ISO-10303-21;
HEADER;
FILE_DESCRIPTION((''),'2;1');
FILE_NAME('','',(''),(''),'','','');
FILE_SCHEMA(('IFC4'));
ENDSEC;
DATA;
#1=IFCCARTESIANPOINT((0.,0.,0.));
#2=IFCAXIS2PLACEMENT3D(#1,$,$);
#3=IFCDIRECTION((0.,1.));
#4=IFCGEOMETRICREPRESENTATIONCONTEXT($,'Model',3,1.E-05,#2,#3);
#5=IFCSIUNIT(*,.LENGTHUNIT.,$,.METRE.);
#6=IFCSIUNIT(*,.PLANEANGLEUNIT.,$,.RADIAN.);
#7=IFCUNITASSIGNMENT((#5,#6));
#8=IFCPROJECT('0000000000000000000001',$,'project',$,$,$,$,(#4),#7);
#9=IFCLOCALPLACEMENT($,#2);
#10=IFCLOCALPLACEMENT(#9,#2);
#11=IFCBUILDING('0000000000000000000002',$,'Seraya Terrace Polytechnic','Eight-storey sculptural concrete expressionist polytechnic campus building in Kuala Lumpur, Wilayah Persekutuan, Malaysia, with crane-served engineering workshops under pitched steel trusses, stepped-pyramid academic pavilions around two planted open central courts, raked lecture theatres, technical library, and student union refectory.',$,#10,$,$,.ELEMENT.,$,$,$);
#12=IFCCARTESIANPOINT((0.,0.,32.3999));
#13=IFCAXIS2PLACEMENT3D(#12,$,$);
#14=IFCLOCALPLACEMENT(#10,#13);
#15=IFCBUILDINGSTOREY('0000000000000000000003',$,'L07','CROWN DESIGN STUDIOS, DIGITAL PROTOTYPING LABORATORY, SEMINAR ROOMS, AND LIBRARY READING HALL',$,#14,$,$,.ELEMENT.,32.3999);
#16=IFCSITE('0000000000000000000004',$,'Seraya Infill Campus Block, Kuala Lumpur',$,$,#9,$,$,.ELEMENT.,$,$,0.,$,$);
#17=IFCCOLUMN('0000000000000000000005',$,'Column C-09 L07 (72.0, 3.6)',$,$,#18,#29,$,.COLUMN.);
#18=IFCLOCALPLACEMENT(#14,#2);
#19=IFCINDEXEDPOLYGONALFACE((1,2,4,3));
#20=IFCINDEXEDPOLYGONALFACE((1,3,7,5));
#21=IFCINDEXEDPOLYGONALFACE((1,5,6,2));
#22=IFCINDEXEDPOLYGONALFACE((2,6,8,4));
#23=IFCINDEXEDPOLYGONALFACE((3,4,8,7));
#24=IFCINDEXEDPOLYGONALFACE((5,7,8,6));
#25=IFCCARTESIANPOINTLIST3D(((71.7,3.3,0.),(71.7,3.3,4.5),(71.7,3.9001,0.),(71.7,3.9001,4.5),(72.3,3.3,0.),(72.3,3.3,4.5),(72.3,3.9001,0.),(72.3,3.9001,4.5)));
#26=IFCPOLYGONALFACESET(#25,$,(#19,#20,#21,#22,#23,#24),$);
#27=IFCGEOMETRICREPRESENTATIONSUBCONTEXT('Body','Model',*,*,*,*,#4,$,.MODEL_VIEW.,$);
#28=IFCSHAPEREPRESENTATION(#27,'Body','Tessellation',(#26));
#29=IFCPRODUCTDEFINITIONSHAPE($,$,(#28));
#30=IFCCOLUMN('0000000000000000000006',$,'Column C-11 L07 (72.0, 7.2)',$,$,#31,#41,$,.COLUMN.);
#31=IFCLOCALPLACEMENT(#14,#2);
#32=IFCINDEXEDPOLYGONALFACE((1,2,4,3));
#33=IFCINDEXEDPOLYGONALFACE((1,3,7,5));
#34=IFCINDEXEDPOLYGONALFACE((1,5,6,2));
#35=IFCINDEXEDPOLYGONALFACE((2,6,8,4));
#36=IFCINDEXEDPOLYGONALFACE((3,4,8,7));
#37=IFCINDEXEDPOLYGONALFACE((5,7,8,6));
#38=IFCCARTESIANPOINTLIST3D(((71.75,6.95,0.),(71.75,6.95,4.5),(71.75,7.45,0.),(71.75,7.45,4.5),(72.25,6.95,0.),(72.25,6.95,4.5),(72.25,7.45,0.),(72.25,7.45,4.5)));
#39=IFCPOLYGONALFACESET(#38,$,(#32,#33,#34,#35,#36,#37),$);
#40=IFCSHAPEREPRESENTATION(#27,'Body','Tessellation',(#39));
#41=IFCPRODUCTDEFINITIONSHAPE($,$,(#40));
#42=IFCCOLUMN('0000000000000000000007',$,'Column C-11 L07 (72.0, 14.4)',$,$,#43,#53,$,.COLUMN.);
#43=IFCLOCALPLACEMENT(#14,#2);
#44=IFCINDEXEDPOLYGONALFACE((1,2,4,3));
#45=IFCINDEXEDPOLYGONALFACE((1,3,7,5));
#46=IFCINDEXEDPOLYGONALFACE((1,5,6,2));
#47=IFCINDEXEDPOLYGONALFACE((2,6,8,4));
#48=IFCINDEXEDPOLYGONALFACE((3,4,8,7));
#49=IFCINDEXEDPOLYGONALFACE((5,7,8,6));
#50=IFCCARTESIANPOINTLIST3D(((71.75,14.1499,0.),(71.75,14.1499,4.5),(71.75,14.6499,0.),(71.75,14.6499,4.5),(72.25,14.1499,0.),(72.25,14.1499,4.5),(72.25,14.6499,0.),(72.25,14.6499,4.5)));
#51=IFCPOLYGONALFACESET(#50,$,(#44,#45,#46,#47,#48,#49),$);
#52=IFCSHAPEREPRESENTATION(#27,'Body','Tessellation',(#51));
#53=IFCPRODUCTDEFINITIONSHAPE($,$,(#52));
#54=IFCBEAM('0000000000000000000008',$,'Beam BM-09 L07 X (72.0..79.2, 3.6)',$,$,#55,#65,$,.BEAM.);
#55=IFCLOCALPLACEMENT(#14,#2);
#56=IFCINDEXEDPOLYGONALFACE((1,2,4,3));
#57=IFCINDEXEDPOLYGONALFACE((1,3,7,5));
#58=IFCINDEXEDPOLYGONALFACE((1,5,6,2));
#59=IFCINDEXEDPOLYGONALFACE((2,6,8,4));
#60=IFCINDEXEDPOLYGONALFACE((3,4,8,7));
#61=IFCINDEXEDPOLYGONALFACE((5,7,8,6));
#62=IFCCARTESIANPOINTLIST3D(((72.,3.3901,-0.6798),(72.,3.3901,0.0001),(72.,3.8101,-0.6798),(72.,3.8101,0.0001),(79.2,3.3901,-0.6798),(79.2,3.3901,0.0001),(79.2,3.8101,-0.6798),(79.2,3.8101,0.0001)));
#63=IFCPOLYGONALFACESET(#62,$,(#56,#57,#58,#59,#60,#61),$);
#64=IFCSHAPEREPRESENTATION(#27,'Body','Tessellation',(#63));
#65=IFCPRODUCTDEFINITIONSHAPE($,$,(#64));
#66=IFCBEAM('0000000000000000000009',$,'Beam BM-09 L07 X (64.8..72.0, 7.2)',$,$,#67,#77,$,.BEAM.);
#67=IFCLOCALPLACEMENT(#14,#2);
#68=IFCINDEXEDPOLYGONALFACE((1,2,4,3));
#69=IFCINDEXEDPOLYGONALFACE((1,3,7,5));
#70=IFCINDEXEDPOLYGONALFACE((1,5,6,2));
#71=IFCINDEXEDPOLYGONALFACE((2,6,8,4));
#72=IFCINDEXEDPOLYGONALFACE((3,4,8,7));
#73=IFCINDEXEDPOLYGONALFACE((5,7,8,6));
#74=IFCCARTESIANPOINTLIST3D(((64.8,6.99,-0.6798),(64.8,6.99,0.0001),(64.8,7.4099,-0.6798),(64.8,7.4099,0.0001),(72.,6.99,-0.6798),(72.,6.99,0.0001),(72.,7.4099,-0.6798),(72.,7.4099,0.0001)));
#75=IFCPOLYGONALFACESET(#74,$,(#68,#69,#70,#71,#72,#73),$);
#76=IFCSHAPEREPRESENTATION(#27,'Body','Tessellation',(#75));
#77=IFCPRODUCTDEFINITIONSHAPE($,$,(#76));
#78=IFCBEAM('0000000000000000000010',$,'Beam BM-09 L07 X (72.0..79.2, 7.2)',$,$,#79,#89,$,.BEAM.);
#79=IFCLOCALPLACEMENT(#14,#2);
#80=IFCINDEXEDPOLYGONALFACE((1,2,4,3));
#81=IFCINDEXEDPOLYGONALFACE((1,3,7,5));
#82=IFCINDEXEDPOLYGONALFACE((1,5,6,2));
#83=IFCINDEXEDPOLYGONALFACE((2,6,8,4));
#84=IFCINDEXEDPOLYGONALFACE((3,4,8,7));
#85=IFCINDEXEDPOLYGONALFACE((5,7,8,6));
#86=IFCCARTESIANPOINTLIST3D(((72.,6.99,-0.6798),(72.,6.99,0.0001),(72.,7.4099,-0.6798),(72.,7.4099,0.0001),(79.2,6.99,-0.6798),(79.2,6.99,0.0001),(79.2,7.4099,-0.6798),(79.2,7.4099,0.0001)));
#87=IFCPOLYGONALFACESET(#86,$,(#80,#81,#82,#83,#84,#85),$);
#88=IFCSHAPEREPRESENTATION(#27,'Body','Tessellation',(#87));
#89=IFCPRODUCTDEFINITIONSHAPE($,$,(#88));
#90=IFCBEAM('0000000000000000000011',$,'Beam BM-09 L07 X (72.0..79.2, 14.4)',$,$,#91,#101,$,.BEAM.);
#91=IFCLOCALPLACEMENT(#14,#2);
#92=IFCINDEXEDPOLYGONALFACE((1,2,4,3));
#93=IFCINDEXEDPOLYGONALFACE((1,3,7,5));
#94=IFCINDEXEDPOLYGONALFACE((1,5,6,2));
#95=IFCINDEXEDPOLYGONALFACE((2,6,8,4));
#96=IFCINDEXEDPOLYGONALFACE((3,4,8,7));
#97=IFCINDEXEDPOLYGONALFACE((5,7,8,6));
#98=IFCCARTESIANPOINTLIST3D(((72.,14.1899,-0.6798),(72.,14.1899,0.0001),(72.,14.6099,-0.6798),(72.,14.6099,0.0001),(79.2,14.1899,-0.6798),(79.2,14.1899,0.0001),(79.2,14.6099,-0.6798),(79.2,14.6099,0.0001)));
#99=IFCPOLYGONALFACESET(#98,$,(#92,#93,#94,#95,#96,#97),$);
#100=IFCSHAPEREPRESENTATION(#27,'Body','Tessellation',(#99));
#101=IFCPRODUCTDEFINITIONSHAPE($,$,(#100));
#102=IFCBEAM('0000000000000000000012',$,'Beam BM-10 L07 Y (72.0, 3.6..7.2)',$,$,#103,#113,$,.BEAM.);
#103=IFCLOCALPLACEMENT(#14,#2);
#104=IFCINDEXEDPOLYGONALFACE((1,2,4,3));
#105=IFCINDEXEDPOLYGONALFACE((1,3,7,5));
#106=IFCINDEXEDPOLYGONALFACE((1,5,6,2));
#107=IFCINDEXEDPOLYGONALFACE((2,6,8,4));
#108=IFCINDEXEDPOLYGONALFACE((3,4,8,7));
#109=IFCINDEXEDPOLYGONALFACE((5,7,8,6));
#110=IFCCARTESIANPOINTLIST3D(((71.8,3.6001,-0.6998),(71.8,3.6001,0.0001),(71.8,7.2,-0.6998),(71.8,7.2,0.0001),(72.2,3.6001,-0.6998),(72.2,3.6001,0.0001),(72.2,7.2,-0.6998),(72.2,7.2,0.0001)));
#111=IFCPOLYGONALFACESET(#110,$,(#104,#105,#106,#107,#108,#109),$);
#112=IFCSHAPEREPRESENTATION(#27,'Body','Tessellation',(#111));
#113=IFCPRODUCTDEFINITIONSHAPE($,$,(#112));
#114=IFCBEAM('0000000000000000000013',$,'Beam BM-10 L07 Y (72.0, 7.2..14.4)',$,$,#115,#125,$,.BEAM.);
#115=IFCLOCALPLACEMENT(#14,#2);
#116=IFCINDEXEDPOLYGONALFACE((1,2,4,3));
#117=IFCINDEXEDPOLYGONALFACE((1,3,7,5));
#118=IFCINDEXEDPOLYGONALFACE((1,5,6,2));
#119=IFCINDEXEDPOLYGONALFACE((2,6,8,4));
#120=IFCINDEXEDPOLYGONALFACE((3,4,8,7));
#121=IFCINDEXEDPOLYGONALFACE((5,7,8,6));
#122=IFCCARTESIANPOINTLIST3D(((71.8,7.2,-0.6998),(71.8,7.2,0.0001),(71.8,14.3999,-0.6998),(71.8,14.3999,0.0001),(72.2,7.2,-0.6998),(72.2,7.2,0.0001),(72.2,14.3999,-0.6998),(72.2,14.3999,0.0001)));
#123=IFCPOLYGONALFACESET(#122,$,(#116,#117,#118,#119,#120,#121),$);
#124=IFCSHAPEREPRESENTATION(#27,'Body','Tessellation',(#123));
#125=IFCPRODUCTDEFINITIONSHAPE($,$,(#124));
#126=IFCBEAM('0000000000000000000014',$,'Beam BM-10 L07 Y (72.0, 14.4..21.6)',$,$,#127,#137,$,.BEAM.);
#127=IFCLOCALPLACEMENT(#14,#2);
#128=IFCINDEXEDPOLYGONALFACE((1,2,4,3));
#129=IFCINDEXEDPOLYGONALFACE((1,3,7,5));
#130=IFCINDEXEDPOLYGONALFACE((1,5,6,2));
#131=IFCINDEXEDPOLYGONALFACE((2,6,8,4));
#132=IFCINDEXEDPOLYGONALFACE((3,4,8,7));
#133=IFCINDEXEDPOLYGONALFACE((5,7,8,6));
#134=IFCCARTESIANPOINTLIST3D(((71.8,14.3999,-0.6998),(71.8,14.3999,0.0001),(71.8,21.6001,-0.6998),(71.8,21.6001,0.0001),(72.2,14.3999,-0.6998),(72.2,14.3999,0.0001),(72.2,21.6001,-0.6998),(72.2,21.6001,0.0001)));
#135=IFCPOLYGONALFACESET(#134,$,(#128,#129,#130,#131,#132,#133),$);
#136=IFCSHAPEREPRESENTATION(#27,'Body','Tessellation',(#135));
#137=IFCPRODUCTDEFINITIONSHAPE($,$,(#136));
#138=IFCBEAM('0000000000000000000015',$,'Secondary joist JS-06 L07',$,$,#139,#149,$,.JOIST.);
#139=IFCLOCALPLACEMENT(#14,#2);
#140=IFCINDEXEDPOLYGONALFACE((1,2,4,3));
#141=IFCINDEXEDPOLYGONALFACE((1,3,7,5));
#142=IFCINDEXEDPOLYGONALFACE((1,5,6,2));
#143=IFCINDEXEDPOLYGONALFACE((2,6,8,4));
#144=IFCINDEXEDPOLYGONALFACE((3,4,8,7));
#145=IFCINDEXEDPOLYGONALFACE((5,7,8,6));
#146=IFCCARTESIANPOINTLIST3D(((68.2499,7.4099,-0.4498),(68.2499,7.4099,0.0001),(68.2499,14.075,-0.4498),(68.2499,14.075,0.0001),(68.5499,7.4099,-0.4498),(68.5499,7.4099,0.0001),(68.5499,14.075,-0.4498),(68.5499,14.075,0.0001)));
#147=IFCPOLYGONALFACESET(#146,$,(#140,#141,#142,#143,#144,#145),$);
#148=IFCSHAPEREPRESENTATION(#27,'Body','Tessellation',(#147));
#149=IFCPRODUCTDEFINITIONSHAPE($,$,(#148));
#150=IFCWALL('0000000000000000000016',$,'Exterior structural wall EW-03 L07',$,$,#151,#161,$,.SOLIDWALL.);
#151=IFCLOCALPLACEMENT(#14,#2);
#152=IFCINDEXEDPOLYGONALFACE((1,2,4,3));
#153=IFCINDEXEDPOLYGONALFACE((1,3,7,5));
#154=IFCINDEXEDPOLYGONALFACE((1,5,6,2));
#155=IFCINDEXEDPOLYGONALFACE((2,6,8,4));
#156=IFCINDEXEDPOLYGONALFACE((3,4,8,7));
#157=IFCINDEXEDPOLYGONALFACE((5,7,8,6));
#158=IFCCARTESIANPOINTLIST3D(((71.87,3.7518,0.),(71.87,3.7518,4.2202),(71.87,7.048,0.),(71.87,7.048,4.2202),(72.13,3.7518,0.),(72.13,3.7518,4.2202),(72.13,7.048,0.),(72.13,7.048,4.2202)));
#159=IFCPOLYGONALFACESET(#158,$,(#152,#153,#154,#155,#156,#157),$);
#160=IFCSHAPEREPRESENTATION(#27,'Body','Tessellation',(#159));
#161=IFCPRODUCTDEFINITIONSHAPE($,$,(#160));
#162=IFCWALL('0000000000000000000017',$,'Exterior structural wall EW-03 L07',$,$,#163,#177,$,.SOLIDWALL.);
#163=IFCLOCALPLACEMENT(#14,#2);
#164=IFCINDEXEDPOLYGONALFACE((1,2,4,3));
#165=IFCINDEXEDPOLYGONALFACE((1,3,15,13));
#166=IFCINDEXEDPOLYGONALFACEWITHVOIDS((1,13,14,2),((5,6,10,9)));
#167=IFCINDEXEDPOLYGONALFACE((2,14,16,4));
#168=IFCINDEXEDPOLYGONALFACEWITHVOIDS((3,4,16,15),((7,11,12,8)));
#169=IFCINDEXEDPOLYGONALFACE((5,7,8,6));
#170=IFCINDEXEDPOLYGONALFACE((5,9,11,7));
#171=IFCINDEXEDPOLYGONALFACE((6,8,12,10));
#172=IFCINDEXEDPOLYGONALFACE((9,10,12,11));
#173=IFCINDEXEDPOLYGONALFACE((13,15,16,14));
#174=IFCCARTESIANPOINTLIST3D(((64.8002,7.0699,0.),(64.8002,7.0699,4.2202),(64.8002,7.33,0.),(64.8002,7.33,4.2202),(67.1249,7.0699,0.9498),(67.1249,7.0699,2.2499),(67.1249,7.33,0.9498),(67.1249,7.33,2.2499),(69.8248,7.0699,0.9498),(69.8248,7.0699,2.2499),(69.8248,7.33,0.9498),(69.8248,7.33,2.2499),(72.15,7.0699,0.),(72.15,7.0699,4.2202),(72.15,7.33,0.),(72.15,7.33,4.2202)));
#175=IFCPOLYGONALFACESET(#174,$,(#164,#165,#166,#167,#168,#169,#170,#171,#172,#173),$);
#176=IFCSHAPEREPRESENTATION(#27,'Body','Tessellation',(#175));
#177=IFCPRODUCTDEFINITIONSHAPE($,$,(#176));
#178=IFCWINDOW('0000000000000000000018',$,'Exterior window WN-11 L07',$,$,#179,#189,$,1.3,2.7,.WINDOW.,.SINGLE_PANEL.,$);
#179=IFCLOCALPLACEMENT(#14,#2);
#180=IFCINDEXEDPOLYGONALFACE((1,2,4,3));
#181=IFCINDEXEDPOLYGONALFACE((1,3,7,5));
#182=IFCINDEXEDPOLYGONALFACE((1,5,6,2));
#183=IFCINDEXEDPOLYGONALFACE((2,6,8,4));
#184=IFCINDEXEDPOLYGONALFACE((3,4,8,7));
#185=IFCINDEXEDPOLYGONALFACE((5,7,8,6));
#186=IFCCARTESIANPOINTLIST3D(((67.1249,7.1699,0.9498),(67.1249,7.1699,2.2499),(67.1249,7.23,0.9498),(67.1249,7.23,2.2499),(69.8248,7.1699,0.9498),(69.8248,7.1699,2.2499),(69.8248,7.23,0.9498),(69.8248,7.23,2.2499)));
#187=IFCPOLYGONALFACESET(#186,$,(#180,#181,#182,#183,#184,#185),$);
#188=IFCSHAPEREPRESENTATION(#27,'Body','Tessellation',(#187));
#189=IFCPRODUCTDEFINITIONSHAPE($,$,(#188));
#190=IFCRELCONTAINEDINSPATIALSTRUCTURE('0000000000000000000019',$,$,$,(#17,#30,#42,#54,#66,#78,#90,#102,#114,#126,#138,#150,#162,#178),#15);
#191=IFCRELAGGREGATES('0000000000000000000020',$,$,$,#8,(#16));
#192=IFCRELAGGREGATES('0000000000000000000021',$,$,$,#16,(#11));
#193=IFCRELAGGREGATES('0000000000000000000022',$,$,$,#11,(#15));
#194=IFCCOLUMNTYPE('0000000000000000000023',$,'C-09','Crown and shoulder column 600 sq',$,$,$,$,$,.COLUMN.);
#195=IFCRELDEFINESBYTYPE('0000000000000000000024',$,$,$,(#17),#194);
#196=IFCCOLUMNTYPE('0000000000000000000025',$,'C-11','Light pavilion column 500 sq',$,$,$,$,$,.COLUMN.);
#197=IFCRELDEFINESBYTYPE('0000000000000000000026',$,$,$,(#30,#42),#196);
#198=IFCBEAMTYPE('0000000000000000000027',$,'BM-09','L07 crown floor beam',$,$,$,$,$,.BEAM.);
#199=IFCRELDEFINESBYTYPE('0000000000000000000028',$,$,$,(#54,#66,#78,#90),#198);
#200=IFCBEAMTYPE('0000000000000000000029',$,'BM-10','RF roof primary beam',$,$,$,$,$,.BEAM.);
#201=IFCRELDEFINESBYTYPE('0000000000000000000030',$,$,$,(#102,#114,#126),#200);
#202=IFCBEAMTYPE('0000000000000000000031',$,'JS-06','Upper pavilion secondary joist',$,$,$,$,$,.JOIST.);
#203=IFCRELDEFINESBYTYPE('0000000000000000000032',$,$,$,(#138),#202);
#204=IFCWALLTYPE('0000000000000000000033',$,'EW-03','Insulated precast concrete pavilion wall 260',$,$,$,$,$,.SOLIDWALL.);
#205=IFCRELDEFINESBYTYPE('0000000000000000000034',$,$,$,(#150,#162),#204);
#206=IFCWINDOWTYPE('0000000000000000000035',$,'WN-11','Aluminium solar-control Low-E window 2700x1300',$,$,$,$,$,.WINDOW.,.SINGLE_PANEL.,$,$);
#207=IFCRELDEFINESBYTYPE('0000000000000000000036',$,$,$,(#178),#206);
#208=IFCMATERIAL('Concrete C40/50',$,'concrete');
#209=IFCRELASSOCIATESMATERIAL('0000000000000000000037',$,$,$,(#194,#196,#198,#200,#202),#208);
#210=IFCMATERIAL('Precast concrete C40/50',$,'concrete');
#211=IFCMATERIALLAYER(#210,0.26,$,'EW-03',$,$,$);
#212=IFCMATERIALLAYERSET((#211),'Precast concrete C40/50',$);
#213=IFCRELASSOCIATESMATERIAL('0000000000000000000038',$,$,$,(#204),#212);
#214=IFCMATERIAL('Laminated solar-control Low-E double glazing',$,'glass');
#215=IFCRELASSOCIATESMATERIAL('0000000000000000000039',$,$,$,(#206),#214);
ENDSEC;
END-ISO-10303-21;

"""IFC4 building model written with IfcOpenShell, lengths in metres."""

from ifc_helpers import new_model, si_unit, direction, frame, frame_2d, origin, origin_2d, place, context, subcontext, project, spatial, rectangle, extrude, material, layer, layer_set, material_profile, profile_set, type_object, element, fill, save


model = new_model("IFC4")

# Units and contexts
model_context = context("Model", 3, precision=1e-05, world=origin(), true_north=direction((0.0, 1.0)))
body_context = subcontext(model_context, "Body", "Model", "MODEL_VIEW")
ifc_project = project(units=[si_unit("LENGTHUNIT", "METRE"), si_unit("PLANEANGLEUNIT", "RADIAN")], contexts=[model_context])

# Site, building, storey
site_placement = place(None, origin())
site = spatial("IfcSite", under=ifc_project, at=site_placement, Name="Seraya Infill Campus Block, Kuala Lumpur", CompositionType="ELEMENT", RefElevation=0.0)
building_placement = place(site_placement, origin())
building = spatial("IfcBuilding", under=site, at=building_placement, Name="Seraya Terrace Polytechnic", Description="Eight-storey sculptural concrete expressionist polytechnic campus building in Kuala Lumpur, Wilayah Persekutuan, Malaysia, with crane-served engineering workshops under pitched steel trusses, stepped-pyramid academic pavilions around two planted open central courts, raked lecture theatres, technical library, and student union refectory.", CompositionType="ELEMENT")
storey_placement = place(building_placement, frame((0.0, 0.0, 32.3999)))
storey = spatial("IfcBuildingStorey", under=building, at=storey_placement, Name="L07", Description="CROWN DESIGN STUDIOS, DIGITAL PROTOTYPING LABORATORY, SEMINAR ROOMS, AND LIBRARY READING HALL", CompositionType="ELEMENT", Elevation=32.3999)

# Columns
ifc_material_1 = material(Name="Concrete C40/50", Category="concrete")
ifc_material_profile_1 = material_profile(ifc_material_1, rectangle(XDim=0.6001, YDim=0.6001, at=origin_2d()), Name="RC 600x600")
ifc_profile_set_1 = profile_set([ifc_material_profile_1], Name="Concrete C40/50")
column_type_1 = type_object("IfcColumnType", Name="C-09", Description="Crown and shoulder column 600 sq", PredefinedType="COLUMN", material=ifc_profile_set_1)
column_placement = place(storey_placement, frame((72.0, 3.6001, 0.0), z_axis=(0.0, 0.0, 1.0), x_axis=(1.0, 0.0, 0.0)))
element("IfcColumn", 1, at=column_placement, inside=storey, type_object=column_type_1, Name="Column C-09 L07 (72.0, 3.6)", PredefinedType="COLUMN", context=body_context, shape_type="SweptSolid", body=[
    extrude(rectangle(XDim=0.6001, YDim=0.6001, at=origin_2d()), origin(), (0.0, 0.0, 1.0), 4.5),
])
ifc_material_profile_2 = material_profile(ifc_material_1, rectangle(XDim=0.5, YDim=0.5, at=origin_2d()), Name="RC 500x500")
ifc_profile_set_2 = profile_set([ifc_material_profile_2], Name="Concrete C40/50")
column_type_2 = type_object("IfcColumnType", Name="C-11", Description="Light pavilion column 500 sq", PredefinedType="COLUMN", material=ifc_profile_set_2)
for number, where, z_axis, x_axis, name in (
    (2, (72.0, 7.2, 0.0), (0.0, 0.0, 1.0), (1.0, 0.0, 0.0), "Column C-11 L07 (72.0, 7.2)"),
    (3, (72.0, 14.3999, 0.0), (0.0, 0.0, 1.0), (1.0, 0.0, 0.0), "Column C-11 L07 (72.0, 14.4)"),
):
    element("IfcColumn", number, at=place(storey_placement, frame(where, z_axis=z_axis, x_axis=x_axis)), inside=storey, type_object=column_type_2, Name=name, PredefinedType="COLUMN", context=body_context, shape_type="SweptSolid", body=[
        extrude(rectangle(XDim=0.5, YDim=0.5, at=origin_2d()), origin(), (0.0, 0.0, 1.0), 4.5),
    ])

# Beams
ifc_material_profile_3 = material_profile(ifc_material_1, rectangle(XDim=0.4199, YDim=0.6799, at=origin_2d()), Name="RC 420x680")
ifc_profile_set_3 = profile_set([ifc_material_profile_3], Name="Concrete C40/50")
beam_type_1 = type_object("IfcBeamType", Name="BM-09", Description="L07 crown floor beam", PredefinedType="BEAM", material=ifc_profile_set_3)
for number, where, z_axis, x_axis, name in (
    (4, (72.0, 3.6001, -0.3398), (1.0, 0.0, 0.0), (0.0, 1.0, 0.0), "Beam BM-09 L07 X (72.0..79.2, 3.6)"),
    (5, (64.8, 7.2, -0.3398), (1.0, 0.0, 0.0), (0.0, 1.0, 0.0), "Beam BM-09 L07 X (64.8..72.0, 7.2)"),
    (6, (72.0, 7.2, -0.3398), (1.0, 0.0, 0.0), (0.0, 1.0, 0.0), "Beam BM-09 L07 X (72.0..79.2, 7.2)"),
    (7, (72.0, 14.3999, -0.3398), (1.0, 0.0, 0.0), (0.0, 1.0, 0.0), "Beam BM-09 L07 X (72.0..79.2, 14.4)"),
):
    element("IfcBeam", number, at=place(storey_placement, frame(where, z_axis=z_axis, x_axis=x_axis)), inside=storey, type_object=beam_type_1, Name=name, PredefinedType="BEAM", context=body_context, shape_type="SweptSolid", body=[
        extrude(rectangle(XDim=0.4199, YDim=0.6799, at=origin_2d()), origin(), (0.0, 0.0, 1.0), 7.2),
    ])
ifc_material_profile_4 = material_profile(ifc_material_1, rectangle(XDim=0.3999, YDim=0.7, at=origin_2d()), Name="RC 400x700")
ifc_profile_set_4 = profile_set([ifc_material_profile_4], Name="Concrete C40/50")
beam_type_2 = type_object("IfcBeamType", Name="BM-10", Description="RF roof primary beam", PredefinedType="BEAM", material=ifc_profile_set_4)
beam_1_placement = place(storey_placement, frame((72.0, 3.6001, -0.3499), z_axis=(0.0, 1.0, 0.0), x_axis=(-1.0, 0.0, 0.0)))
element("IfcBeam", 8, at=beam_1_placement, inside=storey, type_object=beam_type_2, Name="Beam BM-10 L07 Y (72.0, 3.6..7.2)", PredefinedType="BEAM", context=body_context, shape_type="SweptSolid", body=[
    extrude(rectangle(XDim=0.3999, YDim=0.7, at=origin_2d()), origin(), (0.0, 0.0, 1.0), 3.5999),
])
beam_2_placement = place(storey_placement, frame((72.0, 7.2, -0.3499), z_axis=(0.0, 1.0, 0.0), x_axis=(-1.0, 0.0, 0.0)))
element("IfcBeam", 9, at=beam_2_placement, inside=storey, type_object=beam_type_2, Name="Beam BM-10 L07 Y (72.0, 7.2..14.4)", PredefinedType="BEAM", context=body_context, shape_type="SweptSolid", body=[
    extrude(rectangle(XDim=0.3999, YDim=0.7, at=origin_2d()), origin(), (0.0, 0.0, 1.0), 7.2),
])
beam_3_placement = place(storey_placement, frame((72.0, 14.3999, -0.3499), z_axis=(0.0, 1.0, 0.0), x_axis=(-1.0, 0.0, 0.0)))
element("IfcBeam", 10, at=beam_3_placement, inside=storey, type_object=beam_type_2, Name="Beam BM-10 L07 Y (72.0, 14.4..21.6)", PredefinedType="BEAM", context=body_context, shape_type="SweptSolid", body=[
    extrude(rectangle(XDim=0.3999, YDim=0.7, at=origin_2d()), origin(), (0.0, 0.0, 1.0), 7.2002),
])
ifc_material_profile_5 = material_profile(ifc_material_1, rectangle(XDim=0.3, YDim=0.45, at=origin_2d()), Name="RC 300x450")
ifc_profile_set_5 = profile_set([ifc_material_profile_5], Name="Concrete C40/50")
beam_type_3 = type_object("IfcBeamType", Name="JS-06", Description="Upper pavilion secondary joist", PredefinedType="JOIST", material=ifc_profile_set_5)
beam_4_placement = place(storey_placement, frame((68.3999, 7.4099, -0.2249), z_axis=(0.0, 1.0, 0.0), x_axis=(-1.0, 0.0, 0.0)))
element("IfcBeam", 11, at=beam_4_placement, inside=storey, type_object=beam_type_3, Name="Secondary joist JS-06 L07", PredefinedType="JOIST", context=body_context, shape_type="SweptSolid", body=[
    extrude(rectangle(XDim=0.3, YDim=0.45, at=origin_2d()), origin(), (0.0, 0.0, 1.0), 6.665),
])

# Wall
ifc_material_2 = material(Name="Precast concrete C40/50", Category="concrete")
ifc_layer_1 = layer(ifc_material_2, 0.26, Name="EW-03")
ifc_layer_set_1 = layer_set([ifc_layer_1], Name="Precast concrete C40/50")
wall_type_1 = type_object("IfcWallType", Name="EW-03", Description="Insulated precast concrete pavilion wall 260", PredefinedType="SOLIDWALL", material=ifc_layer_set_1)
wall_1_placement = place(storey_placement, frame((72.0, 3.752, 0.0), z_axis=(0.0, 0.0, 1.0), x_axis=(0.0, 1.0, 0.0)))
element("IfcWall", 12, at=wall_1_placement, inside=storey, type_object=wall_type_1, Name="Exterior structural wall EW-03 L07", PredefinedType="SOLIDWALL", context=body_context, shape_type="SweptSolid", body=[
    extrude(rectangle(XDim=3.2961, YDim=0.26, at=frame_2d((1.6479, 0.0))), origin(), (0.0, 0.0, 1.0), 4.2202),
])

# Wall, opening, window
wall_2_placement = place(storey_placement, frame((72.1499, 7.2, 0.0), z_axis=(0.0, 0.0, 1.0), x_axis=(-1.0, 0.0, 0.0)))
wall_2 = element("IfcWall", 13, at=wall_2_placement, inside=storey, type_object=wall_type_1, Name="Exterior structural wall EW-03 L07", PredefinedType="SOLIDWALL", context=body_context, shape_type="SweptSolid", body=[
    extrude(rectangle(XDim=7.3499, YDim=0.26, at=frame_2d((3.6748, 0.0))), origin(), (0.0, 0.0, 1.0), 4.2202),
])
opening_1_placement = place(wall_2_placement, frame((2.325, 0.0, 0.95)))
opening_1 = element("IfcOpeningElement", 14, at=opening_1_placement, cuts=wall_2, PredefinedType="OPENING", context=body_context, shape_type="SweptSolid", body=[
    extrude(rectangle(XDim=2.7, YDim=1.3, at=frame_2d((1.3501, 0.6499))), frame((0.0, 0.1421, 0.0), z_axis=(0.0, -1.0, 0.0), x_axis=(1.0, 0.0, 0.0)), (0.0, 0.0, 1.0), 0.2839),
])
ifc_material_3 = material(Name="Laminated solar-control Low-E double glazing", Category="glass")
window_type_1 = type_object("IfcWindowType", Name="WN-11", Description="Aluminium solar-control Low-E window 2700x1300", PartitioningType="SINGLE_PANEL", PredefinedType="WINDOW", material=ifc_material_3)
window_1_placement = place(opening_1_placement, origin())
window_1 = element("IfcWindow", 15, at=window_1_placement, inside=storey, type_object=window_type_1, Name="Exterior window WN-11 L07", OverallHeight=1.3, OverallWidth=2.7, PartitioningType="SINGLE_PANEL", PredefinedType="WINDOW", context=body_context, shape_type="SweptSolid", body=[
    extrude(rectangle(XDim=2.7, YDim=1.3, at=frame_2d((1.3501, 0.6499))), frame((0.0, 0.03, 0.0), z_axis=(0.0, -1.0, 0.0), x_axis=(1.0, 0.0, 0.0)), (0.0, 0.0, 1.0), 0.0601),
])
fill(opening_1, window_1)

save(model, "model.ifc")
